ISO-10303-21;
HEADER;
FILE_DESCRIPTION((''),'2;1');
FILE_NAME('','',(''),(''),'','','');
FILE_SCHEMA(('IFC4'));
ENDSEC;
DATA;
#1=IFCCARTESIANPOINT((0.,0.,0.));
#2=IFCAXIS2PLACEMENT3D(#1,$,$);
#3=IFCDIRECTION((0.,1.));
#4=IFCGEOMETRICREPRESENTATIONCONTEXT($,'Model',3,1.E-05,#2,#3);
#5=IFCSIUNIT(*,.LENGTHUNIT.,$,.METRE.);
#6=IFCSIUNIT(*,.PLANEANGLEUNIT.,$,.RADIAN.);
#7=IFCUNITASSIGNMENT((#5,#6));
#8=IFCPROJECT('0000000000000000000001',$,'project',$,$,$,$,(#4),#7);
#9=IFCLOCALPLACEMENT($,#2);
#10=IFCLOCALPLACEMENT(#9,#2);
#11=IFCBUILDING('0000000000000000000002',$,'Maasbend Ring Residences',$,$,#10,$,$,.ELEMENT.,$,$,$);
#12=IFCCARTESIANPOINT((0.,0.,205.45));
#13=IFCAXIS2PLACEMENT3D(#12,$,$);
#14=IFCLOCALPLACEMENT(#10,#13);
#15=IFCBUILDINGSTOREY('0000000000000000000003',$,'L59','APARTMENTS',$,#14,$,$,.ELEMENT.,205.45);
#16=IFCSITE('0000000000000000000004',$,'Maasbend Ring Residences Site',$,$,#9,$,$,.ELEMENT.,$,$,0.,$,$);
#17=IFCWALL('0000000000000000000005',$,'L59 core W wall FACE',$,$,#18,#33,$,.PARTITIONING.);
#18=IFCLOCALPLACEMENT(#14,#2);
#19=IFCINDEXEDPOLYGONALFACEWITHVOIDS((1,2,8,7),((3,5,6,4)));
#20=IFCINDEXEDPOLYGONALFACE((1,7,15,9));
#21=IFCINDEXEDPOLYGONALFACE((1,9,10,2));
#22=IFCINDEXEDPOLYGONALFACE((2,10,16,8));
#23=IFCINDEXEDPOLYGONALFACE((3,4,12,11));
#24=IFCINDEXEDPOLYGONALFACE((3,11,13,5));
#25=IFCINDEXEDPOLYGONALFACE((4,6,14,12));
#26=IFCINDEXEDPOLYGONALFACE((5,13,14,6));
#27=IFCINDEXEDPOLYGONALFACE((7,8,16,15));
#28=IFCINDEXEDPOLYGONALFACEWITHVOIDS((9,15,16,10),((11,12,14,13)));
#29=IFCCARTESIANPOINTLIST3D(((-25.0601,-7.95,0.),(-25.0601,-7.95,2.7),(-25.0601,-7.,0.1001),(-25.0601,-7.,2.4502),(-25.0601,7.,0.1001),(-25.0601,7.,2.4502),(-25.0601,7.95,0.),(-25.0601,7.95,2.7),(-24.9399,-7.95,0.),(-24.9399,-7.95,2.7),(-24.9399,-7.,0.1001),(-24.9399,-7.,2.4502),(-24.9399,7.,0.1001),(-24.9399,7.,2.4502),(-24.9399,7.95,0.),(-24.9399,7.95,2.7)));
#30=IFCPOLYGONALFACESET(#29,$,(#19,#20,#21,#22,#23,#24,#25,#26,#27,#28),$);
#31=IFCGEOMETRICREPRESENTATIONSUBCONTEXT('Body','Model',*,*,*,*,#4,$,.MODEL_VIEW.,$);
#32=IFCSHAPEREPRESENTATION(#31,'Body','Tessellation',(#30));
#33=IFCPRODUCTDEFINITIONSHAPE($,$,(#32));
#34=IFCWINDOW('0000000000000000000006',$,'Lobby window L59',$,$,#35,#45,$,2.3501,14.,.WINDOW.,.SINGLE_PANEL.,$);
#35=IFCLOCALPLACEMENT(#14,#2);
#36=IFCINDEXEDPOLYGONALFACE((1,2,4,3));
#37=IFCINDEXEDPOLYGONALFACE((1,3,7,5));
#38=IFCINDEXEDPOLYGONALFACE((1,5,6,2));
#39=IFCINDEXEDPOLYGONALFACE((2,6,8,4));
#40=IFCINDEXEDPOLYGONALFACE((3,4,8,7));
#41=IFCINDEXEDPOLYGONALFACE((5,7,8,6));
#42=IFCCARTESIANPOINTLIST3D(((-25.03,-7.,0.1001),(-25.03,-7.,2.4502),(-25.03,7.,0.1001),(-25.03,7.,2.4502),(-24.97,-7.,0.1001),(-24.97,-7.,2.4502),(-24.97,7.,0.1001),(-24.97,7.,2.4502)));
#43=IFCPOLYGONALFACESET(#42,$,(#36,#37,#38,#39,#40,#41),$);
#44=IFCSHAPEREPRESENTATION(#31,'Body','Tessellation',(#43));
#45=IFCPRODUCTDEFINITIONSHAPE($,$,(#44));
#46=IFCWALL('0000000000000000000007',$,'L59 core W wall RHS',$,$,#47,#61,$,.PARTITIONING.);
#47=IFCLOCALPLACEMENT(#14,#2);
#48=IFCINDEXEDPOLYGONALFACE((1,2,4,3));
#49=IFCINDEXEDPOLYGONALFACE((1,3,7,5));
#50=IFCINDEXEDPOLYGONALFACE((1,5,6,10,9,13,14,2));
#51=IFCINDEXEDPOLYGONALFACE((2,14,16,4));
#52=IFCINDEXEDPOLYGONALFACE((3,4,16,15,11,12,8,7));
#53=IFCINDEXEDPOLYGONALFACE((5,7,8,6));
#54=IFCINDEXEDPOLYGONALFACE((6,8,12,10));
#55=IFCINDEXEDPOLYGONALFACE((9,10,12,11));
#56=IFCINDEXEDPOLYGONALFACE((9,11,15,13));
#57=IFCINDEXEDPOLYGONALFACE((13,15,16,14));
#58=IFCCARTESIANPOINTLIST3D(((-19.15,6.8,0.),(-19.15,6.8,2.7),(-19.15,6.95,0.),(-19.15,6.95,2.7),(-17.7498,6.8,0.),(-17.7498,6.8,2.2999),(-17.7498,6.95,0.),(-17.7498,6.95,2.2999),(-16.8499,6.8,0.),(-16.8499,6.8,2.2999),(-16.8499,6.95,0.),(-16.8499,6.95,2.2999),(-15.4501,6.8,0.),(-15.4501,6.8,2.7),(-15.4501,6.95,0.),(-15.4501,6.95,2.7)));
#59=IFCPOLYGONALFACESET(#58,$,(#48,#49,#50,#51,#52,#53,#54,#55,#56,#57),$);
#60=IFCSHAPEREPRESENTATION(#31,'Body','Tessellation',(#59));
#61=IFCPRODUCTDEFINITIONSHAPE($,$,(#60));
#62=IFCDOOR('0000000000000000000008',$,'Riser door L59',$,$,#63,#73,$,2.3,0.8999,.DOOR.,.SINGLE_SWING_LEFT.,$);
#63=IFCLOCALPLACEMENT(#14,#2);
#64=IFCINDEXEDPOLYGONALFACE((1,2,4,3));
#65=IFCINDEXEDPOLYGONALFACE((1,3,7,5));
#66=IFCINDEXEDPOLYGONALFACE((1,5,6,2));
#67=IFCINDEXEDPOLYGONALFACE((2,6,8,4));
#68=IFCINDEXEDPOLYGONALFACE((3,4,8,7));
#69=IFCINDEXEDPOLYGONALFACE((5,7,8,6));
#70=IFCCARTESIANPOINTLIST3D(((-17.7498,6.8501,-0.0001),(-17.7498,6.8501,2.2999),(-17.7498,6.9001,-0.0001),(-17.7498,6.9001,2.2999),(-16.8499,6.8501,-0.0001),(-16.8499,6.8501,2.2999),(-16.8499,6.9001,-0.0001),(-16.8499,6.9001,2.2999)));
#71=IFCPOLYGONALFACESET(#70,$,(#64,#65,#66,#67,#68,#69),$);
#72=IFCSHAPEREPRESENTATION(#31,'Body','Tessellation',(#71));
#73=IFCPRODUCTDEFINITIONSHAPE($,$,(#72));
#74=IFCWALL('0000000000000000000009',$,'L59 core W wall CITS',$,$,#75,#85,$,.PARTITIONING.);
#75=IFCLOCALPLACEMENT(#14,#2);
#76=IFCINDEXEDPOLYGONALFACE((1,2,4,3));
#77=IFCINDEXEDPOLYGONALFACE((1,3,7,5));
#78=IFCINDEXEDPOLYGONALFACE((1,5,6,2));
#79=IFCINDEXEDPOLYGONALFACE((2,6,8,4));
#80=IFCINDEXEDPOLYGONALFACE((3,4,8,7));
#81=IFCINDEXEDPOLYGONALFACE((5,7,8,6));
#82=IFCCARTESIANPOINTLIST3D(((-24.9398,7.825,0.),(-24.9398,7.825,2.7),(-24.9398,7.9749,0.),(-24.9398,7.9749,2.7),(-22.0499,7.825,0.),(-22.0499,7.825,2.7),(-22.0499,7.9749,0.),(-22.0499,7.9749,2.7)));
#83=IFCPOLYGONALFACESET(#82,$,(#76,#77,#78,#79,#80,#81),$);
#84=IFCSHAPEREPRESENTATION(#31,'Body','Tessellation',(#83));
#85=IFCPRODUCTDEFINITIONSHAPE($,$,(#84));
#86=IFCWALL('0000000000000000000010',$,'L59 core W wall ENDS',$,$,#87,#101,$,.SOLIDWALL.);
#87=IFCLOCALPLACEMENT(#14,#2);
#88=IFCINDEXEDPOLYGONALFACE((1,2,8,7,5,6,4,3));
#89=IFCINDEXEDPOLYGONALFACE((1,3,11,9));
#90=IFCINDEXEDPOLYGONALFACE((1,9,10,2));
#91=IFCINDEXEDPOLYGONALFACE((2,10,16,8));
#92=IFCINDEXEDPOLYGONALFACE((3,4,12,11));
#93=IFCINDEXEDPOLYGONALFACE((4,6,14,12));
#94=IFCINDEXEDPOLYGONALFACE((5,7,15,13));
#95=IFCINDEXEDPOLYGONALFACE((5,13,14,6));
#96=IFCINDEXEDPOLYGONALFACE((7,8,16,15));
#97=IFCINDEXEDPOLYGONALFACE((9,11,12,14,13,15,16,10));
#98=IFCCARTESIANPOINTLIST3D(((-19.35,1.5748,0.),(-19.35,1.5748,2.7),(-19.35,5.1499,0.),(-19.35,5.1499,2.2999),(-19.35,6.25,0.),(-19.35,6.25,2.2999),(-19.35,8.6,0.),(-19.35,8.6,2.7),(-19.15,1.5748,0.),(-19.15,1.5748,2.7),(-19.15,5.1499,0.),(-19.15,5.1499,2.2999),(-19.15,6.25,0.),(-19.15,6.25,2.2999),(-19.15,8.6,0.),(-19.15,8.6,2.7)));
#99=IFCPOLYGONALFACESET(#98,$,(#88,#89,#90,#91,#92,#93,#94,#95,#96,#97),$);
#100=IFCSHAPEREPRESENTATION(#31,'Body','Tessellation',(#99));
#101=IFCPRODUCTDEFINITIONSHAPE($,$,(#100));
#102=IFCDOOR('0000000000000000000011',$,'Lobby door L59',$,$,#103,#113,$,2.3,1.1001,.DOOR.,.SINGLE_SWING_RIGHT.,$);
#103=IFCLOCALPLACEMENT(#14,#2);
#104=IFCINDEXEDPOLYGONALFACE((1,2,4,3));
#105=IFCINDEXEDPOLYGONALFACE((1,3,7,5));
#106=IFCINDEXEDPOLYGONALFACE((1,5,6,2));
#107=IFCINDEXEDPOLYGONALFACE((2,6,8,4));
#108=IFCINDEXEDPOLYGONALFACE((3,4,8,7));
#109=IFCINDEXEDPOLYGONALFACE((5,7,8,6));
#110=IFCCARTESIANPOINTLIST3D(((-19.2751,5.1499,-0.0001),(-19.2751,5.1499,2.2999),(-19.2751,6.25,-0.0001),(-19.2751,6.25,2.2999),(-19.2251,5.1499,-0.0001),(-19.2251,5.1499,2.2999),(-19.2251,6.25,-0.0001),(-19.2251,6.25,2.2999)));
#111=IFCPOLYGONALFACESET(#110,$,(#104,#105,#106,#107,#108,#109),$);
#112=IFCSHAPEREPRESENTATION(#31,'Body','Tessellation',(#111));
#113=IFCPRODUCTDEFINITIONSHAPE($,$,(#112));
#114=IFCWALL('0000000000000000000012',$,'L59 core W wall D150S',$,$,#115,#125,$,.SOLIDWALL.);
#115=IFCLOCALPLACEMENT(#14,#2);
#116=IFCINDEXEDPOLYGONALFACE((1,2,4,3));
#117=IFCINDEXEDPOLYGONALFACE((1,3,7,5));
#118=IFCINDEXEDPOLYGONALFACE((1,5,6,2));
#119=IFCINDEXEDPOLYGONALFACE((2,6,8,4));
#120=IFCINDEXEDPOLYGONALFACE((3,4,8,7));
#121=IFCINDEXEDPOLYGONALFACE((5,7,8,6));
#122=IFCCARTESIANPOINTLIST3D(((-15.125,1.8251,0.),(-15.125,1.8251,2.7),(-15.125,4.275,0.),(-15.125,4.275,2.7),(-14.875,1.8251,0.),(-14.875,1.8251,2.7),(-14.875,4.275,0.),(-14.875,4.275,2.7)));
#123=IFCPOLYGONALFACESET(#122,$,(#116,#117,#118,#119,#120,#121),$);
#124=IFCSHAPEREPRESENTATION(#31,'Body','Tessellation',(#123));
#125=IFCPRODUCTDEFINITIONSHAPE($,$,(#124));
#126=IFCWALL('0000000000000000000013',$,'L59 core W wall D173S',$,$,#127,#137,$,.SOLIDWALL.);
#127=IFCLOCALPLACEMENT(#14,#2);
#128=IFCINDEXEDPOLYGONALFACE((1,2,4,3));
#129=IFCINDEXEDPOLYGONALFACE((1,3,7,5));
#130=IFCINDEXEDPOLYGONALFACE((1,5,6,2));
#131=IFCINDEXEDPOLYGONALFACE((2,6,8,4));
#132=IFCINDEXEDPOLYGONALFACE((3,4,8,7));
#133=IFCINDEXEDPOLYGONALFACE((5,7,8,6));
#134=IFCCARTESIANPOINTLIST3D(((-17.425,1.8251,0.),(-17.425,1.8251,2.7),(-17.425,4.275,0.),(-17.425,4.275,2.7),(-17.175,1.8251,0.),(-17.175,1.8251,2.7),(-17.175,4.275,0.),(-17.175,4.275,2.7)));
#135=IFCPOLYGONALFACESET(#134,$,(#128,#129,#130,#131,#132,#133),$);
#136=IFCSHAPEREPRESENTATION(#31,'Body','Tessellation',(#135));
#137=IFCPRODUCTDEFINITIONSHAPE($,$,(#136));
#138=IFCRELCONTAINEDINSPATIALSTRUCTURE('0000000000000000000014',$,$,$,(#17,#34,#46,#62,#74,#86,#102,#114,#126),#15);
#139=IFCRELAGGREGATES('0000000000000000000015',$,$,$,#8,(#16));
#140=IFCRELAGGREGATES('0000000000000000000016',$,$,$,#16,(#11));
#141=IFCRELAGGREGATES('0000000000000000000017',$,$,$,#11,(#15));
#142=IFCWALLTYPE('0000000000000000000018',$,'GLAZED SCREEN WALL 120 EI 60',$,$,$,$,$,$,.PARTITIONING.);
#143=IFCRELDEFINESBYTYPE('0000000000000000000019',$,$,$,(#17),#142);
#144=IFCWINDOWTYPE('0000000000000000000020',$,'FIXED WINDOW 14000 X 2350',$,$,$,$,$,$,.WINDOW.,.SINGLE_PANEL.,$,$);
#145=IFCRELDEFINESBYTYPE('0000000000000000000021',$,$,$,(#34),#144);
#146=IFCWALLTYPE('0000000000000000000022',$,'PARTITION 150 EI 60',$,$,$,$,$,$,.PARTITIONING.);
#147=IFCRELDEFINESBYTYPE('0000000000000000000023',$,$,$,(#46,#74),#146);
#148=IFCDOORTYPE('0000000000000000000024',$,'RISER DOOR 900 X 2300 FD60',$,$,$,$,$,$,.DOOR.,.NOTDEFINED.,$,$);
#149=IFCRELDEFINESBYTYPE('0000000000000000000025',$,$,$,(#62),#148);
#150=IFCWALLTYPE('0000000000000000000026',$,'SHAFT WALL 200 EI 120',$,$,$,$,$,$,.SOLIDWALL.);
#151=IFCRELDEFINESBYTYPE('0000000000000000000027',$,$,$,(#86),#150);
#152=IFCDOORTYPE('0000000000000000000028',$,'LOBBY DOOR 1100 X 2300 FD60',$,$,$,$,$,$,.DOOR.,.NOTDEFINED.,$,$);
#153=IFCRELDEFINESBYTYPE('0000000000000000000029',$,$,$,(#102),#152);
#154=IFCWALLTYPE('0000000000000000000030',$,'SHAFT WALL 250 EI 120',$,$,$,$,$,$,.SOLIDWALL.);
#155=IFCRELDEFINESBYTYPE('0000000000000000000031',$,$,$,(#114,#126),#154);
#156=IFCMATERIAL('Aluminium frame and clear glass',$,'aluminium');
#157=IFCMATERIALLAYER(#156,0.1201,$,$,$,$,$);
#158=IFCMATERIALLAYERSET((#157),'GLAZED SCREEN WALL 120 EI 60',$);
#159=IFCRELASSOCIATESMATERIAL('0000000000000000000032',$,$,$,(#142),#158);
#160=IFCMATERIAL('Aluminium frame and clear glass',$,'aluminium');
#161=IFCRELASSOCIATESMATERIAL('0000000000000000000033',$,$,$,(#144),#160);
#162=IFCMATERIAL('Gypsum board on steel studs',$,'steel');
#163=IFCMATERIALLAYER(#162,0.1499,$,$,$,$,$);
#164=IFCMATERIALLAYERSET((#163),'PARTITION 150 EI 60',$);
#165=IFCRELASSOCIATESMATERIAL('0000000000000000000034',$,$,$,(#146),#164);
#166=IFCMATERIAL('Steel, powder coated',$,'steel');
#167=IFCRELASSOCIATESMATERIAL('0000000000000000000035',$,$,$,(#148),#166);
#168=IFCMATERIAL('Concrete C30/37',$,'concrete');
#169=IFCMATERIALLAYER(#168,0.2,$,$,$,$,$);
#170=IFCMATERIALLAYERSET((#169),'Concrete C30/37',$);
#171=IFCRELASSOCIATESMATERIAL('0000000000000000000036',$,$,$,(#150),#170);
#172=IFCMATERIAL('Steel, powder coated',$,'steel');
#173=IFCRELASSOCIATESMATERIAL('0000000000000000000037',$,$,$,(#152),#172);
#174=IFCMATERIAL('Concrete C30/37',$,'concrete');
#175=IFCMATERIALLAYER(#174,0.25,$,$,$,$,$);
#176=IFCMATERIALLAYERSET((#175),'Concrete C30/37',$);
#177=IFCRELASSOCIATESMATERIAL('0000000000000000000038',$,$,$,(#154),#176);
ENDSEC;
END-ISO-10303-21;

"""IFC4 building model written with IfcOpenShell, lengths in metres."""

from ifc_helpers import new_model, si_unit, direction, frame, frame_2d, origin, place, context, subcontext, project, spatial, rectangle, extrude, material, layer, layer_set, type_object, element, fill, save


model = new_model("IFC4")

# Units and contexts
model_context = context("Model", 3, precision=1e-05, world=origin(), true_north=direction((0.0, 1.0)))
body_context = subcontext(model_context, "Body", "Model", "MODEL_VIEW")
ifc_project = project(units=[si_unit("LENGTHUNIT", "METRE"), si_unit("PLANEANGLEUNIT", "RADIAN")], contexts=[model_context])

# Site, building, storey
site_placement = place(None, origin())
site = spatial("IfcSite", under=ifc_project, at=site_placement, Name="Maasbend Ring Residences Site", CompositionType="ELEMENT", RefElevation=0.0)
building_placement = place(site_placement, origin())
building = spatial("IfcBuilding", under=site, at=building_placement, Name="Maasbend Ring Residences", CompositionType="ELEMENT")
storey_placement = place(building_placement, frame((0.0, 0.0, 205.45)))
storey = spatial("IfcBuildingStorey", under=building, at=storey_placement, Name="L59", Description="APARTMENTS", CompositionType="ELEMENT", Elevation=205.45)

# Wall, opening, window
ifc_material_1 = material(Name="Aluminium frame and clear glass", Category="aluminium")
ifc_layer_1 = layer(ifc_material_1, 0.1201)
ifc_layer_set_1 = layer_set([ifc_layer_1], Name="GLAZED SCREEN WALL 120 EI 60")
wall_type_1 = type_object("IfcWallType", Name="GLAZED SCREEN WALL 120 EI 60", PredefinedType="PARTITIONING", material=ifc_layer_set_1)
wall_1_placement = place(storey_placement, frame((-25.0, 7.95, 0.0), z_axis=(0.0, 0.0, 1.0), x_axis=(0.0, -1.0, 0.0)))
wall_1 = element("IfcWall", 1, at=wall_1_placement, inside=storey, type_object=wall_type_1, Name="L59 core W wall FACE", PredefinedType="PARTITIONING", context=body_context, shape_type="SweptSolid", body=[
    extrude(rectangle(XDim=15.8999, YDim=0.1201, at=frame_2d((7.95, 0.0))), origin(), (0.0, 0.0, 1.0), 2.7),
])
opening_1_placement = place(wall_1_placement, frame((0.95, 0.0, 0.1001)))
opening_1 = element("IfcOpeningElement", 2, at=opening_1_placement, cuts=wall_1, PredefinedType="OPENING", context=body_context, shape_type="SweptSolid", body=[
    extrude(rectangle(XDim=14.0, YDim=2.3501, at=frame_2d((7.0, 1.175))), frame((0.0, 0.0701, 0.0), z_axis=(0.0, -1.0, 0.0), x_axis=(1.0, 0.0, 0.0)), (0.0, 0.0, 1.0), 0.1401),
])
ifc_material_2 = material(Name="Aluminium frame and clear glass", Category="aluminium")
window_type = type_object("IfcWindowType", Name="FIXED WINDOW 14000 X 2350", PartitioningType="SINGLE_PANEL", PredefinedType="WINDOW", material=ifc_material_2)
window_placement = place(opening_1_placement, origin())
window = element("IfcWindow", 3, at=window_placement, inside=storey, type_object=window_type, Name="Lobby window L59", OverallHeight=2.3501, OverallWidth=14.0, PartitioningType="SINGLE_PANEL", PredefinedType="WINDOW", context=body_context, shape_type="SweptSolid", body=[
    extrude(rectangle(XDim=14.0, YDim=2.3501, at=frame_2d((7.0, 1.175))), frame((0.0, 0.03, 0.0), z_axis=(0.0, -1.0, 0.0), x_axis=(1.0, 0.0, 0.0)), (0.0, 0.0, 1.0), 0.0601),
])
fill(opening_1, window)

# Wall, opening, door
ifc_material_3 = material(Name="Gypsum board on steel studs", Category="steel")
ifc_layer_2 = layer(ifc_material_3, 0.1499)
ifc_layer_set_2 = layer_set([ifc_layer_2], Name="PARTITION 150 EI 60")
wall_type_2 = type_object("IfcWallType", Name="PARTITION 150 EI 60", PredefinedType="PARTITIONING", material=ifc_layer_set_2)
wall_2_placement = place(storey_placement, frame((-15.45, 6.875, 0.0), z_axis=(0.0, 0.0, 1.0), x_axis=(-1.0, 0.0, 0.0)))
wall_2 = element("IfcWall", 4, at=wall_2_placement, inside=storey, type_object=wall_type_2, Name="L59 core W wall RHS", PredefinedType="PARTITIONING", context=body_context, shape_type="SweptSolid", body=[
    extrude(rectangle(XDim=3.7, YDim=0.1499, at=frame_2d((1.8501, 0.0))), origin(), (0.0, 0.0, 1.0), 2.7),
])
opening_2_placement = place(wall_2_placement, frame((1.3999, 0.0, 0.0)))
opening_2 = element("IfcOpeningElement", 5, at=opening_2_placement, cuts=wall_2, PredefinedType="OPENING", context=body_context, shape_type="SweptSolid", body=[
    extrude(rectangle(XDim=0.8999, YDim=2.3, at=frame_2d((0.45, 1.1499))), frame((0.0, 0.085, 0.0), z_axis=(0.0, -1.0, 0.0), x_axis=(1.0, 0.0, 0.0)), (0.0, 0.0, 1.0), 0.1699),
])
ifc_material_4 = material(Name="Steel, powder coated", Category="steel")
door_type_1 = type_object("IfcDoorType", Name="RISER DOOR 900 X 2300 FD60", OperationType="NOTDEFINED", PredefinedType="DOOR", material=ifc_material_4)
door_1_placement = place(opening_2_placement, origin())
door_1 = element("IfcDoor", 6, at=door_1_placement, inside=storey, type_object=door_type_1, Name="Riser door L59", OperationType="SINGLE_SWING_LEFT", OverallHeight=2.3, OverallWidth=0.8999, PredefinedType="DOOR", context=body_context, shape_type="SweptSolid", body=[
    extrude(rectangle(XDim=0.8999, YDim=2.3, at=frame_2d((0.45, 1.1499))), frame((0.0, 0.0249, 0.0), z_axis=(0.0, -1.0, 0.0), x_axis=(1.0, 0.0, 0.0)), (0.0, 0.0, 1.0), 0.05),
])
fill(opening_2, door_1)

# Wall
wall_3_placement = place(storey_placement, frame((-22.05, 7.8999, 0.0), z_axis=(0.0, 0.0, 1.0), x_axis=(-1.0, 0.0, 0.0)))
element("IfcWall", 7, at=wall_3_placement, inside=storey, type_object=wall_type_2, Name="L59 core W wall CITS", PredefinedType="PARTITIONING", context=body_context, shape_type="SweptSolid", body=[
    extrude(rectangle(XDim=2.8899, YDim=0.1499, at=frame_2d((1.4448, 0.0))), origin(), (0.0, 0.0, 1.0), 2.7),
])

# Wall, opening, door
ifc_material_5 = material(Name="Concrete C30/37", Category="concrete")
ifc_layer_3 = layer(ifc_material_5, 0.2)
ifc_layer_set_3 = layer_set([ifc_layer_3], Name="Concrete C30/37")
wall_type_3 = type_object("IfcWallType", Name="SHAFT WALL 200 EI 120", PredefinedType="SOLIDWALL", material=ifc_layer_set_3)
wall_4_placement = place(storey_placement, frame((-19.25, 8.6001, 0.0), z_axis=(0.0, 0.0, 1.0), x_axis=(0.0, -1.0, 0.0)))
wall_4 = element("IfcWall", 8, at=wall_4_placement, inside=storey, type_object=wall_type_3, Name="L59 core W wall ENDS", PredefinedType="SOLIDWALL", context=body_context, shape_type="SweptSolid", body=[
    extrude(rectangle(XDim=7.0251, YDim=0.2, at=frame_2d((3.5127, 0.0))), origin(), (0.0, 0.0, 1.0), 2.7),
])
opening_3_placement = place(wall_4_placement, frame((2.3501, 0.0, 0.0)))
opening_3 = element("IfcOpeningElement", 9, at=opening_3_placement, cuts=wall_4, PredefinedType="OPENING", context=body_context, shape_type="SweptSolid", body=[
    extrude(rectangle(XDim=1.1001, YDim=2.3, at=frame_2d((0.55, 1.1499))), frame((0.0, 0.1099, 0.0), z_axis=(0.0, -1.0, 0.0), x_axis=(1.0, 0.0, 0.0)), (0.0, 0.0, 1.0), 0.22),
])
ifc_material_6 = material(Name="Steel, powder coated", Category="steel")
door_type_2 = type_object("IfcDoorType", Name="LOBBY DOOR 1100 X 2300 FD60", OperationType="NOTDEFINED", PredefinedType="DOOR", material=ifc_material_6)
door_2_placement = place(opening_3_placement, origin())
door_2 = element("IfcDoor", 10, at=door_2_placement, inside=storey, type_object=door_type_2, Name="Lobby door L59", OperationType="SINGLE_SWING_RIGHT", OverallHeight=2.3, OverallWidth=1.1001, PredefinedType="DOOR", context=body_context, shape_type="SweptSolid", body=[
    extrude(rectangle(XDim=1.1001, YDim=2.3, at=frame_2d((0.55, 1.1499))), frame((0.0, 0.0249, 0.0), z_axis=(0.0, -1.0, 0.0), x_axis=(1.0, 0.0, 0.0)), (0.0, 0.0, 1.0), 0.05),
])
fill(opening_3, door_2)

# Walls
ifc_material_7 = material(Name="Concrete C30/37", Category="concrete")
ifc_layer_4 = layer(ifc_material_7, 0.25)
ifc_layer_set_4 = layer_set([ifc_layer_4], Name="Concrete C30/37")
wall_type_4 = type_object("IfcWallType", Name="SHAFT WALL 250 EI 120", PredefinedType="SOLIDWALL", material=ifc_layer_set_4)
for number, where, z_axis, x_axis, name in (
    (11, (-15.0, 1.825, 0.0), (0.0, 0.0, 1.0), (0.0, 1.0, 0.0), "L59 core W wall D150S"),
    (12, (-17.3, 1.825, 0.0), (0.0, 0.0, 1.0), (0.0, 1.0, 0.0), "L59 core W wall D173S"),
):
    element("IfcWall", number, at=place(storey_placement, frame(where, z_axis=z_axis, x_axis=x_axis)), inside=storey, type_object=wall_type_4, Name=name, PredefinedType="SOLIDWALL", context=body_context, shape_type="SweptSolid", body=[
        extrude(rectangle(XDim=2.45, YDim=0.25, at=frame_2d((1.2251, 0.0))), origin(), (0.0, 0.0, 1.0), 2.7),
    ])

save(model, "model.ifc")
